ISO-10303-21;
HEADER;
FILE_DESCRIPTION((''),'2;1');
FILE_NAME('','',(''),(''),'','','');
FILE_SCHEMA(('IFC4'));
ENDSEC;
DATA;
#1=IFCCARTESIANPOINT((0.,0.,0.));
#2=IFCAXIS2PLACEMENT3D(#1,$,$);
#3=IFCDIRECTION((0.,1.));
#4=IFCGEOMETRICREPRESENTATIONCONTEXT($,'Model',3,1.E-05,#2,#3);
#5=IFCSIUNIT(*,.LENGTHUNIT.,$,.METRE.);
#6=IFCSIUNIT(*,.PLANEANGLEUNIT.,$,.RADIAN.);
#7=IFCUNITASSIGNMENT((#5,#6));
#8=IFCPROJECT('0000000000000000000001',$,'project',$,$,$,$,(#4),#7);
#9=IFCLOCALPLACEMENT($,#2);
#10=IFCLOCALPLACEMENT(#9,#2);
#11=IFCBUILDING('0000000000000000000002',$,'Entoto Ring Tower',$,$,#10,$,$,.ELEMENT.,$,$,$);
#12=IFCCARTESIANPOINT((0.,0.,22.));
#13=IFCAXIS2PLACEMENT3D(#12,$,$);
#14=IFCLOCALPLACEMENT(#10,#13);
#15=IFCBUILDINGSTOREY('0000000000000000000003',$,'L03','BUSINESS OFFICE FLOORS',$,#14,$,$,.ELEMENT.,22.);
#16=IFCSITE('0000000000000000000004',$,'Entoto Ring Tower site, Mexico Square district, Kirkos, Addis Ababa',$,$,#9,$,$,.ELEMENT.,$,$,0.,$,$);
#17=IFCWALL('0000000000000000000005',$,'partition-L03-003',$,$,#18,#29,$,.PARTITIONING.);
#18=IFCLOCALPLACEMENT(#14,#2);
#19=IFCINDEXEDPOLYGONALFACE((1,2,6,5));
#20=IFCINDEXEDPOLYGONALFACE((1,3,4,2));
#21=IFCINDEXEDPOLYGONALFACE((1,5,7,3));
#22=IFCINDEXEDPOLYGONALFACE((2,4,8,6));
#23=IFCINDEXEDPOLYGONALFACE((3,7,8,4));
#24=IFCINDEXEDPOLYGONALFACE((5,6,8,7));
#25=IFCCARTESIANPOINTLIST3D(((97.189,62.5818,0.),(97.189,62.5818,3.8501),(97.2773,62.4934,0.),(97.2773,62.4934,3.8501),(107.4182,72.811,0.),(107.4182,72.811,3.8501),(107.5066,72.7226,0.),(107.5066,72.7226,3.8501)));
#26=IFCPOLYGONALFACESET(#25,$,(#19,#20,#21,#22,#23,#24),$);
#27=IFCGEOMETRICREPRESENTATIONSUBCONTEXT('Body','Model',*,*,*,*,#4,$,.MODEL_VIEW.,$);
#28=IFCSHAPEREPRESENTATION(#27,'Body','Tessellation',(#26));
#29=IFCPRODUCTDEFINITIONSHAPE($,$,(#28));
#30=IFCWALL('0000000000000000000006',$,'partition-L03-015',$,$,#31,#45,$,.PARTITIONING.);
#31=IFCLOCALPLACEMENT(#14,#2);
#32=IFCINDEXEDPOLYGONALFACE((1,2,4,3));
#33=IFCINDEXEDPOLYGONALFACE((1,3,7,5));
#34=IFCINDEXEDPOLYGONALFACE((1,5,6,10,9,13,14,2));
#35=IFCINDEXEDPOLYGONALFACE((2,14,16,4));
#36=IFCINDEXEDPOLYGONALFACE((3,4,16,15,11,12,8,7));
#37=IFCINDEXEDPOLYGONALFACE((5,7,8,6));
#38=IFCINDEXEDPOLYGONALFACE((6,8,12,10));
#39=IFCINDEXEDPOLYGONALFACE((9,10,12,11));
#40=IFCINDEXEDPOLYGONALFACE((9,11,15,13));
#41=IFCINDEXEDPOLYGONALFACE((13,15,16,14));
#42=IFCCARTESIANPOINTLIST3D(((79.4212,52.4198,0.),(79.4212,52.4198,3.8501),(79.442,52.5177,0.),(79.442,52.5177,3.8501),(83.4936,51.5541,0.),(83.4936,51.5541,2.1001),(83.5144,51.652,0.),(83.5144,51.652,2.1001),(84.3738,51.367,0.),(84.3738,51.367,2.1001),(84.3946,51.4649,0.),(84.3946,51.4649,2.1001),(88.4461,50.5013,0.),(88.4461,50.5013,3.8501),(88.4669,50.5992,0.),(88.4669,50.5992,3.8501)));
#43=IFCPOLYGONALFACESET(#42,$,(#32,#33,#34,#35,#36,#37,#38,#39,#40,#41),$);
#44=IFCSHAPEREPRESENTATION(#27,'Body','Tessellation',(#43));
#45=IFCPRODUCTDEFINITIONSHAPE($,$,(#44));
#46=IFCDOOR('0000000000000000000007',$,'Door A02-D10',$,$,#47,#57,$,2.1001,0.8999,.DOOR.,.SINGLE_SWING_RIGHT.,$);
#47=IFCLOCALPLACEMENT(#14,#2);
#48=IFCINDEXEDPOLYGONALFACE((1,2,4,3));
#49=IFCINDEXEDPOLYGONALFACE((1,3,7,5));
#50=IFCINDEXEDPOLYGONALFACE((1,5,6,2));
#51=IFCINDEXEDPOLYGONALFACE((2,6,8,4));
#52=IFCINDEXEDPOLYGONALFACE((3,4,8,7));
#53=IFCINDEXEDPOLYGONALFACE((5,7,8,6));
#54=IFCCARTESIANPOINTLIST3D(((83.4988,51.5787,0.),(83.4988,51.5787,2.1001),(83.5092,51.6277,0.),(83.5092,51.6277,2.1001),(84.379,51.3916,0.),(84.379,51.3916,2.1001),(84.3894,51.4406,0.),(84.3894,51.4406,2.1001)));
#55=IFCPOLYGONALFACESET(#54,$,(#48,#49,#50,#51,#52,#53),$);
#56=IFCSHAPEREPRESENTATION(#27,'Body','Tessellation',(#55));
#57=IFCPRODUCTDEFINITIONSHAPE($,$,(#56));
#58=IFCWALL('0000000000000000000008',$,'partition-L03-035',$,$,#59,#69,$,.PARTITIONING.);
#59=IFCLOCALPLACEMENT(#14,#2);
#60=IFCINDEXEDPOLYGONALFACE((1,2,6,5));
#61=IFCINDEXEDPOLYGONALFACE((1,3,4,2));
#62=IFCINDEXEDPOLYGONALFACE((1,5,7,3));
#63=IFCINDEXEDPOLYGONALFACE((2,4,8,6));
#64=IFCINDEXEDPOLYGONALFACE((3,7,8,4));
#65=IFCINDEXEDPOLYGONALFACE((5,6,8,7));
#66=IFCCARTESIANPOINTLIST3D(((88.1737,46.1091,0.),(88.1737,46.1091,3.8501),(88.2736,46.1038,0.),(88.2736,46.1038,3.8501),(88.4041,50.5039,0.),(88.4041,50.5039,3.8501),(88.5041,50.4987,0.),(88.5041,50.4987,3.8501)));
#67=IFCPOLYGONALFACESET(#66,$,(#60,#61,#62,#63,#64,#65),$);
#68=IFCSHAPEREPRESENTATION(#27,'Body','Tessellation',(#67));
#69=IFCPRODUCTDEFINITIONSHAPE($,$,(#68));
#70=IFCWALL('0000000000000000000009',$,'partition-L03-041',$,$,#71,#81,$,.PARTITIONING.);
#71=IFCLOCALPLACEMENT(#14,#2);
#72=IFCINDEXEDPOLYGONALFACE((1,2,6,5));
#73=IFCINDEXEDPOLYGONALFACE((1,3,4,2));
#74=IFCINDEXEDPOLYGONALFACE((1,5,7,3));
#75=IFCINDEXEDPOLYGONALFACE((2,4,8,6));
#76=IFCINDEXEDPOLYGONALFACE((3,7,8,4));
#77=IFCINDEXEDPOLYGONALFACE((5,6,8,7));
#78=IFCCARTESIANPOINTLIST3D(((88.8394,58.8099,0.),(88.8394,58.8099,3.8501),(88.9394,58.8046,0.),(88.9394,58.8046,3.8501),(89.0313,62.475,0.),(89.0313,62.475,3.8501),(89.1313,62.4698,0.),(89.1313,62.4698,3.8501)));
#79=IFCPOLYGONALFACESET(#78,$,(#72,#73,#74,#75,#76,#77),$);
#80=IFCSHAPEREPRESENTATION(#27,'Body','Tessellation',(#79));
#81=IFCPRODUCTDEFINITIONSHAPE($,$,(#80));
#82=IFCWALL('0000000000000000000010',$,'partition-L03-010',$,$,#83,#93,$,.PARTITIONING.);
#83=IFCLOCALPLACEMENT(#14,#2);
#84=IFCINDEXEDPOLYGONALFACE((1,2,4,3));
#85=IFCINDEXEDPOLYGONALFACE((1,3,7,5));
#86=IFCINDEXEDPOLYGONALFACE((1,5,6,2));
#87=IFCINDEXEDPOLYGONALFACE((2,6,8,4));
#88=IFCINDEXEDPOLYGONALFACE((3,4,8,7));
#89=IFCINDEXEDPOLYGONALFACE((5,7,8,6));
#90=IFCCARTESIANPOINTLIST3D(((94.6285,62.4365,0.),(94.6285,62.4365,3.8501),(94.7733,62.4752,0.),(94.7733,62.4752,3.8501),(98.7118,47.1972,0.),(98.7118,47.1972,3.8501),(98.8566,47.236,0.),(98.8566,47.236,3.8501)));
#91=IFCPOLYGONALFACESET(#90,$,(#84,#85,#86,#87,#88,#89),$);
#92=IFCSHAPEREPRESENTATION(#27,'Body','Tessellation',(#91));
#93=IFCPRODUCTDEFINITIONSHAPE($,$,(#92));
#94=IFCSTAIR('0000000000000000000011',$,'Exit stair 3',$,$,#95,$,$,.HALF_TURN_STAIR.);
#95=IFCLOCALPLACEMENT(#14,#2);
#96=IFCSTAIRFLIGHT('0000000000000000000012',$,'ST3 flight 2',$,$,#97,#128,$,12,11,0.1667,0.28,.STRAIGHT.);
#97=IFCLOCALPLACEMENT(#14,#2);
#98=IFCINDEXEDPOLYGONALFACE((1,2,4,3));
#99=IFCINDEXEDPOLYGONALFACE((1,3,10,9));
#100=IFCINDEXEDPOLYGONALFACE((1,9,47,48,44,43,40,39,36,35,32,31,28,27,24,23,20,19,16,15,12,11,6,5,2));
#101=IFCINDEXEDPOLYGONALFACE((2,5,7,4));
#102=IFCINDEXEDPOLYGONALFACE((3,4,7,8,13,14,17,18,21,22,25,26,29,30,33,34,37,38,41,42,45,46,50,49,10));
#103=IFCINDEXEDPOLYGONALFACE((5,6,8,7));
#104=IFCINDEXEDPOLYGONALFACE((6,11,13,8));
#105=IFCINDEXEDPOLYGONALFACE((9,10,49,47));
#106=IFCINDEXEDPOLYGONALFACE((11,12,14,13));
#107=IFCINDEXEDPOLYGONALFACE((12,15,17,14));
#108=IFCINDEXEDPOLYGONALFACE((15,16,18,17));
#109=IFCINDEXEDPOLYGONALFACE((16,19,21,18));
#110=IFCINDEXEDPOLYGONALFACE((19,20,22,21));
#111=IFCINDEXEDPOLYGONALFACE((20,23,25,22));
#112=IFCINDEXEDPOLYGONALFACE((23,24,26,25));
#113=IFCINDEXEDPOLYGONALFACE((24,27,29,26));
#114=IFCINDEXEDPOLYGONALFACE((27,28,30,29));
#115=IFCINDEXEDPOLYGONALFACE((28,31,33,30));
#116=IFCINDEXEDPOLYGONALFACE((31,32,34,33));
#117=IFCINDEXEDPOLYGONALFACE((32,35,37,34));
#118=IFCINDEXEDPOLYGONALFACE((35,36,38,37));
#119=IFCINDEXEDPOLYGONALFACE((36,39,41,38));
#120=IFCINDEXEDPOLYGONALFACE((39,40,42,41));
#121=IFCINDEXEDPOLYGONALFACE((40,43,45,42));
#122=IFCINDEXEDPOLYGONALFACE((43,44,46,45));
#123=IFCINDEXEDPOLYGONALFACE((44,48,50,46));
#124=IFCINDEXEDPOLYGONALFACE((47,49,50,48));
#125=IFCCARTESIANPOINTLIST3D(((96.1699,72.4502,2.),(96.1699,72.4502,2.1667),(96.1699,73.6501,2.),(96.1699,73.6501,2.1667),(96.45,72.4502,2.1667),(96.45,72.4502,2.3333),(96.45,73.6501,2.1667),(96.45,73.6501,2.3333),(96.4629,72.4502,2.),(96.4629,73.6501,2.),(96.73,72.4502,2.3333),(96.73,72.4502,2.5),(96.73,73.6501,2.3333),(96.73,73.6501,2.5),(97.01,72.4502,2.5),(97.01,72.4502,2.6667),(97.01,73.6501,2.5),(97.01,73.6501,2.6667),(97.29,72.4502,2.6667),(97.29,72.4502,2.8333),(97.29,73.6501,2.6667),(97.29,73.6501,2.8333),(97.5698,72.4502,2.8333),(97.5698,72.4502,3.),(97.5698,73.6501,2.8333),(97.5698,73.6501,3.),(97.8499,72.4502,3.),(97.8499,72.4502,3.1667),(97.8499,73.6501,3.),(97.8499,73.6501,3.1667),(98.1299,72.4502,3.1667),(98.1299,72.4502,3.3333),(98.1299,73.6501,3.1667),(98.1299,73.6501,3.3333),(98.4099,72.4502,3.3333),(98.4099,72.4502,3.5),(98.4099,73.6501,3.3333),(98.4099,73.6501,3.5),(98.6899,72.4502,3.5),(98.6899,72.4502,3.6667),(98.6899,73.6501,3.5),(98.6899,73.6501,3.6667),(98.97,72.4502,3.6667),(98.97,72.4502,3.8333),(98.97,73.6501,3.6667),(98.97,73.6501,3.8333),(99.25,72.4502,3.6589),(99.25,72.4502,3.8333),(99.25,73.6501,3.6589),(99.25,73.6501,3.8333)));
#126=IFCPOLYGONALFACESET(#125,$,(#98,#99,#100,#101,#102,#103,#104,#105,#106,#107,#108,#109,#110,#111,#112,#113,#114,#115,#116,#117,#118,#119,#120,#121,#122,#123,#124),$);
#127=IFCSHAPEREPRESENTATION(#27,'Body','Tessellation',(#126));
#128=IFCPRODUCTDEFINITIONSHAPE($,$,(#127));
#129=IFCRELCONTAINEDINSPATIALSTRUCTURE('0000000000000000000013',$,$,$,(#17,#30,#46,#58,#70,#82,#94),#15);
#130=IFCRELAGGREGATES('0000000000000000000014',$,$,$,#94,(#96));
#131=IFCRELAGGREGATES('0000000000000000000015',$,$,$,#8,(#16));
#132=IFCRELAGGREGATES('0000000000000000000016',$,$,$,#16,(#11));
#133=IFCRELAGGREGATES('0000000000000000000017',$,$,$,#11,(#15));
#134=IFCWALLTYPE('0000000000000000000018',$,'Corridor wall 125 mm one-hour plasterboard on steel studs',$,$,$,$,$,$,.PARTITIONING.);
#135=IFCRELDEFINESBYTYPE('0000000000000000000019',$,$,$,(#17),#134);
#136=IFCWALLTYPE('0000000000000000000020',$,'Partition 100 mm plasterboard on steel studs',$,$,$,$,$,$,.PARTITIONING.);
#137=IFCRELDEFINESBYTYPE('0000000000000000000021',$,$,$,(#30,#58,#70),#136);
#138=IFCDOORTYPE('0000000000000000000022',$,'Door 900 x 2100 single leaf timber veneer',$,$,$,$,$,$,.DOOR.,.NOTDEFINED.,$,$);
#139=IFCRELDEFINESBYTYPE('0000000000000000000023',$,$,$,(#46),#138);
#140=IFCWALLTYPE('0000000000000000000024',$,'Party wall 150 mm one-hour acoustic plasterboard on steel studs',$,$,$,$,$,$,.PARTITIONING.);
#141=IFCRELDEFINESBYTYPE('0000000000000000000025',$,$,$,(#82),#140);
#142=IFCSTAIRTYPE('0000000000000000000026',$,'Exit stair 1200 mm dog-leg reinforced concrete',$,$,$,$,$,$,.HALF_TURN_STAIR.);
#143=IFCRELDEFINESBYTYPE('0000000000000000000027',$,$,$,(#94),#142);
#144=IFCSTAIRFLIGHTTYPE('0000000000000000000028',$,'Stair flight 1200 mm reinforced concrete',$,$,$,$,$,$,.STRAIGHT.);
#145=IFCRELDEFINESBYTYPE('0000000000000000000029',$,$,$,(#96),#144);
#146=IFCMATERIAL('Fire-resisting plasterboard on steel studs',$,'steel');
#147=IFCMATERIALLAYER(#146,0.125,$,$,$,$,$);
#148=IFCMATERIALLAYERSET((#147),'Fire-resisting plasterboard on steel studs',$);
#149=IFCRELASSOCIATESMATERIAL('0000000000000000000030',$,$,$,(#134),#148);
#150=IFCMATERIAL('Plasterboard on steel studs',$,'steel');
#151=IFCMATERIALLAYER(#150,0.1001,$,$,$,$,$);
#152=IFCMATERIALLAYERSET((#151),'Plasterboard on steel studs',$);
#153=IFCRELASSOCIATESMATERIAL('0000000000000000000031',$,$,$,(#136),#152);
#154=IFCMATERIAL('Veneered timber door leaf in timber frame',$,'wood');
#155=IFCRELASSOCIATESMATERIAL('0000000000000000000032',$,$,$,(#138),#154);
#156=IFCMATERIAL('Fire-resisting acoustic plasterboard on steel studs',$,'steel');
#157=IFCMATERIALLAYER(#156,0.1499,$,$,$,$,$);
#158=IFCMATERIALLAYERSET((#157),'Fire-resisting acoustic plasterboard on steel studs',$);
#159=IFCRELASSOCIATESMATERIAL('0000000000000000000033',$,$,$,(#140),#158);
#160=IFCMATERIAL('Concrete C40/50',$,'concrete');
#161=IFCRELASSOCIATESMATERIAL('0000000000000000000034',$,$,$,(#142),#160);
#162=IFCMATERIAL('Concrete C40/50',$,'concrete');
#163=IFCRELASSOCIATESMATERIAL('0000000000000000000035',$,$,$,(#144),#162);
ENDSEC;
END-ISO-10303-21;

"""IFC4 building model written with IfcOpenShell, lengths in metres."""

from ifc_helpers import new_model, si_unit, direction, frame, frame_2d, origin, place, context, subcontext, project, spatial, polyline, rectangle, outline, extrude, material, layer, layer_set, type_object, element, fill, aggregate, save


model = new_model("IFC4")

# Units and contexts
model_context = context("Model", 3, precision=1e-05, world=origin(), true_north=direction((0.0, 1.0)))
body_context = subcontext(model_context, "Body", "Model", "MODEL_VIEW")
ifc_project = project(units=[si_unit("LENGTHUNIT", "METRE"), si_unit("PLANEANGLEUNIT", "RADIAN")], contexts=[model_context])

# Site, building, storey
site_placement = place(None, origin())
site = spatial("IfcSite", under=ifc_project, at=site_placement, Name="Entoto Ring Tower site, Mexico Square district, Kirkos, Addis Ababa", CompositionType="ELEMENT", RefElevation=0.0)
building_placement = place(site_placement, origin())
building = spatial("IfcBuilding", under=site, at=building_placement, Name="Entoto Ring Tower", CompositionType="ELEMENT")
storey_placement = place(building_placement, frame((0.0, 0.0, 22.0)))
storey = spatial("IfcBuildingStorey", under=building, at=storey_placement, Name="L03", Description="BUSINESS OFFICE FLOORS", CompositionType="ELEMENT", Elevation=22.0)

# Wall
ifc_material_1 = material(Name="Fire-resisting plasterboard on steel studs", Category="steel")
ifc_layer_1 = layer(ifc_material_1, 0.125)
ifc_layer_set_1 = layer_set([ifc_layer_1], Name="Fire-resisting plasterboard on steel studs")
wall_type_1 = type_object("IfcWallType", Name="Corridor wall 125 mm one-hour plasterboard on steel studs", PredefinedType="PARTITIONING", material=ifc_layer_set_1)
wall_1_placement = place(storey_placement, frame((97.2332, 62.5376, 0.0), z_axis=(0.0, 0.0, 1.0), x_axis=(0.707107, 0.707107, 0.0)))
element("IfcWall", 1, at=wall_1_placement, inside=storey, type_object=wall_type_1, Name="partition-L03-003", PredefinedType="PARTITIONING", context=body_context, shape_type="SweptSolid", body=[
    extrude(rectangle(XDim=14.4663, YDim=0.125, at=frame_2d((7.2332, 0.0))), origin(), (0.0, 0.0, 1.0), 3.8501),
])

# Wall, opening, door
ifc_material_2 = material(Name="Plasterboard on steel studs", Category="steel")
ifc_layer_2 = layer(ifc_material_2, 0.1001)
ifc_layer_set_2 = layer_set([ifc_layer_2], Name="Plasterboard on steel studs")
wall_type_2 = type_object("IfcWallType", Name="Partition 100 mm plasterboard on steel studs", PredefinedType="PARTITIONING", material=ifc_layer_set_2)
wall_2_placement = place(storey_placement, frame((88.4565, 50.5503, 0.0), z_axis=(0.0, 0.0, 1.0), x_axis=(-0.978144, 0.207928, 0.0)))
wall_2 = element("IfcWall", 2, at=wall_2_placement, inside=storey, type_object=wall_type_2, Name="partition-L03-015", PredefinedType="PARTITIONING", context=body_context, shape_type="SweptSolid", body=[
    extrude(rectangle(XDim=9.2266, YDim=0.1001, at=frame_2d((4.6133, 0.0))), origin(), (0.0, 0.0, 1.0), 3.8501),
])
opening_1_placement = place(wall_2_placement, frame((4.1633, 0.0, 0.0)))
opening_1 = element("IfcOpeningElement", 3, at=opening_1_placement, cuts=wall_2, PredefinedType="OPENING", context=body_context, shape_type="SweptSolid", body=[
    extrude(rectangle(XDim=0.8999, YDim=2.1001, at=frame_2d((0.45, 1.05))), frame((0.0, 0.0601, 0.0), z_axis=(0.0, -1.0, 0.0), x_axis=(1.0, 0.0, 0.0)), (0.0, 0.0, 1.0), 0.1201),
])
ifc_material_3 = material(Name="Veneered timber door leaf in timber frame", Category="wood")
door_type_1 = type_object("IfcDoorType", Name="Door 900 x 2100 single leaf timber veneer", OperationType="NOTDEFINED", PredefinedType="DOOR", material=ifc_material_3)
door_1_placement = place(opening_1_placement, origin())
door_1 = element("IfcDoor", 4, at=door_1_placement, inside=storey, type_object=door_type_1, Name="Door A02-D10", OperationType="SINGLE_SWING_RIGHT", OverallHeight=2.1001, OverallWidth=0.8999, PredefinedType="DOOR", context=body_context, shape_type="SweptSolid", body=[
    extrude(rectangle(XDim=0.8999, YDim=2.1001, at=frame_2d((0.45, 1.05))), frame((0.0, 0.0249, 0.0), z_axis=(0.0, -1.0, 0.0), x_axis=(1.0, 0.0, 0.0)), (0.0, 0.0, 1.0), 0.05),
])
fill(opening_1, door_1)

# Walls
wall_3_placement = place(storey_placement, frame((88.2236, 46.1064, 0.0), z_axis=(0.0, 0.0, 1.0), x_axis=(0.05237, 0.998628, 0.0)))
element("IfcWall", 5, at=wall_3_placement, inside=storey, type_object=wall_type_2, Name="partition-L03-035", PredefinedType="PARTITIONING", context=body_context, shape_type="SweptSolid", body=[
    extrude(rectangle(XDim=4.4009, YDim=0.1001, at=frame_2d((2.2004, 0.0))), origin(), (0.0, 0.0, 1.0), 3.8501),
])
wall_4_placement = place(storey_placement, frame((88.8894, 58.8074, 0.0), z_axis=(0.0, 0.0, 1.0), x_axis=(0.052286, 0.998632, 0.0)))
element("IfcWall", 6, at=wall_4_placement, inside=storey, type_object=wall_type_2, Name="partition-L03-041", PredefinedType="PARTITIONING", context=body_context, shape_type="SweptSolid", body=[
    extrude(rectangle(XDim=3.6702, YDim=0.1001, at=frame_2d((1.835, 0.0))), origin(), (0.0, 0.0, 1.0), 3.8501),
])
ifc_material_4 = material(Name="Fire-resisting acoustic plasterboard on steel studs", Category="steel")
ifc_layer_3 = layer(ifc_material_4, 0.1499)
ifc_layer_set_3 = layer_set([ifc_layer_3], Name="Fire-resisting acoustic plasterboard on steel studs")
wall_type_3 = type_object("IfcWallType", Name="Party wall 150 mm one-hour acoustic plasterboard on steel studs", PredefinedType="PARTITIONING", material=ifc_layer_set_3)
wall_5_placement = place(storey_placement, frame((98.7842, 47.2166, 0.0), z_axis=(0.0, 0.0, 1.0), x_axis=(-0.258813, 0.965927, 0.0)))
element("IfcWall", 7, at=wall_5_placement, inside=storey, type_object=wall_type_3, Name="partition-L03-010", PredefinedType="PARTITIONING", context=body_context, shape_type="SweptSolid", body=[
    extrude(rectangle(XDim=15.7769, YDim=0.1499, at=frame_2d((7.8884, 0.0))), origin(), (0.0, 0.0, 1.0), 3.8501),
])

# Stair, stair flight
ifc_material_5 = material(Name="Concrete C40/50", Category="concrete")
stair_type = type_object("IfcStairType", Name="Exit stair 1200 mm dog-leg reinforced concrete", PredefinedType="HALF_TURN_STAIR", material=ifc_material_5)
stair_placement = place(storey_placement, origin())
stair = element("IfcStair", 8, at=stair_placement, inside=storey, type_object=stair_type, Name="Exit stair 3", PredefinedType="HALF_TURN_STAIR")
ifc_material_6 = material(Name="Concrete C40/50", Category="concrete")
stair_flight_type = type_object("IfcStairFlightType", Name="Stair flight 1200 mm reinforced concrete", PredefinedType="STRAIGHT", material=ifc_material_6)
stair_flight_placement = place(storey_placement, frame((96.1699, 73.05, 2.0), z_axis=(0.0, 0.0, 1.0), x_axis=(1.0, 0.0, 0.0)))
stair_flight = element("IfcStairFlight", 9, at=stair_flight_placement, type_object=stair_flight_type, Name="ST3 flight 2", NumberOfRisers=12, NumberOfTreads=11, PredefinedType="STRAIGHT", RiserHeight=0.1667, TreadLength=0.28, context=body_context, shape_type="SweptSolid", body=[
    extrude(outline(polyline([(0.0, 0.0), (0.0, 0.1667), (0.28, 0.1667), (0.28, 0.3333), (0.5601, 0.3333), (0.5601, 0.5), (0.8401, 0.5), (0.8401, 0.6667), (1.1201, 0.6667), (1.1201, 0.8333), (1.3999, 0.8333), (1.3999, 1.0), (1.6799, 1.0), (1.6799, 1.1667), (1.96, 1.1667), (1.96, 1.3333), (2.24, 1.3333), (2.24, 1.5), (2.52, 1.5), (2.52, 1.6667), (2.8, 1.6667), (2.8, 1.8333), (3.0801, 1.8333), (3.0801, 2.0), (3.0801, 1.6589), (0.293, 0.0), (0.0, 0.0)])), frame((0.0, 0.6001, 0.0), z_axis=(0.0, -1.0, 0.0), x_axis=(1.0, 0.0, 0.0)), (0.0, 0.0, 1.0), 1.2),
])
aggregate(stair, [stair_flight])

save(model, "model.ifc")
